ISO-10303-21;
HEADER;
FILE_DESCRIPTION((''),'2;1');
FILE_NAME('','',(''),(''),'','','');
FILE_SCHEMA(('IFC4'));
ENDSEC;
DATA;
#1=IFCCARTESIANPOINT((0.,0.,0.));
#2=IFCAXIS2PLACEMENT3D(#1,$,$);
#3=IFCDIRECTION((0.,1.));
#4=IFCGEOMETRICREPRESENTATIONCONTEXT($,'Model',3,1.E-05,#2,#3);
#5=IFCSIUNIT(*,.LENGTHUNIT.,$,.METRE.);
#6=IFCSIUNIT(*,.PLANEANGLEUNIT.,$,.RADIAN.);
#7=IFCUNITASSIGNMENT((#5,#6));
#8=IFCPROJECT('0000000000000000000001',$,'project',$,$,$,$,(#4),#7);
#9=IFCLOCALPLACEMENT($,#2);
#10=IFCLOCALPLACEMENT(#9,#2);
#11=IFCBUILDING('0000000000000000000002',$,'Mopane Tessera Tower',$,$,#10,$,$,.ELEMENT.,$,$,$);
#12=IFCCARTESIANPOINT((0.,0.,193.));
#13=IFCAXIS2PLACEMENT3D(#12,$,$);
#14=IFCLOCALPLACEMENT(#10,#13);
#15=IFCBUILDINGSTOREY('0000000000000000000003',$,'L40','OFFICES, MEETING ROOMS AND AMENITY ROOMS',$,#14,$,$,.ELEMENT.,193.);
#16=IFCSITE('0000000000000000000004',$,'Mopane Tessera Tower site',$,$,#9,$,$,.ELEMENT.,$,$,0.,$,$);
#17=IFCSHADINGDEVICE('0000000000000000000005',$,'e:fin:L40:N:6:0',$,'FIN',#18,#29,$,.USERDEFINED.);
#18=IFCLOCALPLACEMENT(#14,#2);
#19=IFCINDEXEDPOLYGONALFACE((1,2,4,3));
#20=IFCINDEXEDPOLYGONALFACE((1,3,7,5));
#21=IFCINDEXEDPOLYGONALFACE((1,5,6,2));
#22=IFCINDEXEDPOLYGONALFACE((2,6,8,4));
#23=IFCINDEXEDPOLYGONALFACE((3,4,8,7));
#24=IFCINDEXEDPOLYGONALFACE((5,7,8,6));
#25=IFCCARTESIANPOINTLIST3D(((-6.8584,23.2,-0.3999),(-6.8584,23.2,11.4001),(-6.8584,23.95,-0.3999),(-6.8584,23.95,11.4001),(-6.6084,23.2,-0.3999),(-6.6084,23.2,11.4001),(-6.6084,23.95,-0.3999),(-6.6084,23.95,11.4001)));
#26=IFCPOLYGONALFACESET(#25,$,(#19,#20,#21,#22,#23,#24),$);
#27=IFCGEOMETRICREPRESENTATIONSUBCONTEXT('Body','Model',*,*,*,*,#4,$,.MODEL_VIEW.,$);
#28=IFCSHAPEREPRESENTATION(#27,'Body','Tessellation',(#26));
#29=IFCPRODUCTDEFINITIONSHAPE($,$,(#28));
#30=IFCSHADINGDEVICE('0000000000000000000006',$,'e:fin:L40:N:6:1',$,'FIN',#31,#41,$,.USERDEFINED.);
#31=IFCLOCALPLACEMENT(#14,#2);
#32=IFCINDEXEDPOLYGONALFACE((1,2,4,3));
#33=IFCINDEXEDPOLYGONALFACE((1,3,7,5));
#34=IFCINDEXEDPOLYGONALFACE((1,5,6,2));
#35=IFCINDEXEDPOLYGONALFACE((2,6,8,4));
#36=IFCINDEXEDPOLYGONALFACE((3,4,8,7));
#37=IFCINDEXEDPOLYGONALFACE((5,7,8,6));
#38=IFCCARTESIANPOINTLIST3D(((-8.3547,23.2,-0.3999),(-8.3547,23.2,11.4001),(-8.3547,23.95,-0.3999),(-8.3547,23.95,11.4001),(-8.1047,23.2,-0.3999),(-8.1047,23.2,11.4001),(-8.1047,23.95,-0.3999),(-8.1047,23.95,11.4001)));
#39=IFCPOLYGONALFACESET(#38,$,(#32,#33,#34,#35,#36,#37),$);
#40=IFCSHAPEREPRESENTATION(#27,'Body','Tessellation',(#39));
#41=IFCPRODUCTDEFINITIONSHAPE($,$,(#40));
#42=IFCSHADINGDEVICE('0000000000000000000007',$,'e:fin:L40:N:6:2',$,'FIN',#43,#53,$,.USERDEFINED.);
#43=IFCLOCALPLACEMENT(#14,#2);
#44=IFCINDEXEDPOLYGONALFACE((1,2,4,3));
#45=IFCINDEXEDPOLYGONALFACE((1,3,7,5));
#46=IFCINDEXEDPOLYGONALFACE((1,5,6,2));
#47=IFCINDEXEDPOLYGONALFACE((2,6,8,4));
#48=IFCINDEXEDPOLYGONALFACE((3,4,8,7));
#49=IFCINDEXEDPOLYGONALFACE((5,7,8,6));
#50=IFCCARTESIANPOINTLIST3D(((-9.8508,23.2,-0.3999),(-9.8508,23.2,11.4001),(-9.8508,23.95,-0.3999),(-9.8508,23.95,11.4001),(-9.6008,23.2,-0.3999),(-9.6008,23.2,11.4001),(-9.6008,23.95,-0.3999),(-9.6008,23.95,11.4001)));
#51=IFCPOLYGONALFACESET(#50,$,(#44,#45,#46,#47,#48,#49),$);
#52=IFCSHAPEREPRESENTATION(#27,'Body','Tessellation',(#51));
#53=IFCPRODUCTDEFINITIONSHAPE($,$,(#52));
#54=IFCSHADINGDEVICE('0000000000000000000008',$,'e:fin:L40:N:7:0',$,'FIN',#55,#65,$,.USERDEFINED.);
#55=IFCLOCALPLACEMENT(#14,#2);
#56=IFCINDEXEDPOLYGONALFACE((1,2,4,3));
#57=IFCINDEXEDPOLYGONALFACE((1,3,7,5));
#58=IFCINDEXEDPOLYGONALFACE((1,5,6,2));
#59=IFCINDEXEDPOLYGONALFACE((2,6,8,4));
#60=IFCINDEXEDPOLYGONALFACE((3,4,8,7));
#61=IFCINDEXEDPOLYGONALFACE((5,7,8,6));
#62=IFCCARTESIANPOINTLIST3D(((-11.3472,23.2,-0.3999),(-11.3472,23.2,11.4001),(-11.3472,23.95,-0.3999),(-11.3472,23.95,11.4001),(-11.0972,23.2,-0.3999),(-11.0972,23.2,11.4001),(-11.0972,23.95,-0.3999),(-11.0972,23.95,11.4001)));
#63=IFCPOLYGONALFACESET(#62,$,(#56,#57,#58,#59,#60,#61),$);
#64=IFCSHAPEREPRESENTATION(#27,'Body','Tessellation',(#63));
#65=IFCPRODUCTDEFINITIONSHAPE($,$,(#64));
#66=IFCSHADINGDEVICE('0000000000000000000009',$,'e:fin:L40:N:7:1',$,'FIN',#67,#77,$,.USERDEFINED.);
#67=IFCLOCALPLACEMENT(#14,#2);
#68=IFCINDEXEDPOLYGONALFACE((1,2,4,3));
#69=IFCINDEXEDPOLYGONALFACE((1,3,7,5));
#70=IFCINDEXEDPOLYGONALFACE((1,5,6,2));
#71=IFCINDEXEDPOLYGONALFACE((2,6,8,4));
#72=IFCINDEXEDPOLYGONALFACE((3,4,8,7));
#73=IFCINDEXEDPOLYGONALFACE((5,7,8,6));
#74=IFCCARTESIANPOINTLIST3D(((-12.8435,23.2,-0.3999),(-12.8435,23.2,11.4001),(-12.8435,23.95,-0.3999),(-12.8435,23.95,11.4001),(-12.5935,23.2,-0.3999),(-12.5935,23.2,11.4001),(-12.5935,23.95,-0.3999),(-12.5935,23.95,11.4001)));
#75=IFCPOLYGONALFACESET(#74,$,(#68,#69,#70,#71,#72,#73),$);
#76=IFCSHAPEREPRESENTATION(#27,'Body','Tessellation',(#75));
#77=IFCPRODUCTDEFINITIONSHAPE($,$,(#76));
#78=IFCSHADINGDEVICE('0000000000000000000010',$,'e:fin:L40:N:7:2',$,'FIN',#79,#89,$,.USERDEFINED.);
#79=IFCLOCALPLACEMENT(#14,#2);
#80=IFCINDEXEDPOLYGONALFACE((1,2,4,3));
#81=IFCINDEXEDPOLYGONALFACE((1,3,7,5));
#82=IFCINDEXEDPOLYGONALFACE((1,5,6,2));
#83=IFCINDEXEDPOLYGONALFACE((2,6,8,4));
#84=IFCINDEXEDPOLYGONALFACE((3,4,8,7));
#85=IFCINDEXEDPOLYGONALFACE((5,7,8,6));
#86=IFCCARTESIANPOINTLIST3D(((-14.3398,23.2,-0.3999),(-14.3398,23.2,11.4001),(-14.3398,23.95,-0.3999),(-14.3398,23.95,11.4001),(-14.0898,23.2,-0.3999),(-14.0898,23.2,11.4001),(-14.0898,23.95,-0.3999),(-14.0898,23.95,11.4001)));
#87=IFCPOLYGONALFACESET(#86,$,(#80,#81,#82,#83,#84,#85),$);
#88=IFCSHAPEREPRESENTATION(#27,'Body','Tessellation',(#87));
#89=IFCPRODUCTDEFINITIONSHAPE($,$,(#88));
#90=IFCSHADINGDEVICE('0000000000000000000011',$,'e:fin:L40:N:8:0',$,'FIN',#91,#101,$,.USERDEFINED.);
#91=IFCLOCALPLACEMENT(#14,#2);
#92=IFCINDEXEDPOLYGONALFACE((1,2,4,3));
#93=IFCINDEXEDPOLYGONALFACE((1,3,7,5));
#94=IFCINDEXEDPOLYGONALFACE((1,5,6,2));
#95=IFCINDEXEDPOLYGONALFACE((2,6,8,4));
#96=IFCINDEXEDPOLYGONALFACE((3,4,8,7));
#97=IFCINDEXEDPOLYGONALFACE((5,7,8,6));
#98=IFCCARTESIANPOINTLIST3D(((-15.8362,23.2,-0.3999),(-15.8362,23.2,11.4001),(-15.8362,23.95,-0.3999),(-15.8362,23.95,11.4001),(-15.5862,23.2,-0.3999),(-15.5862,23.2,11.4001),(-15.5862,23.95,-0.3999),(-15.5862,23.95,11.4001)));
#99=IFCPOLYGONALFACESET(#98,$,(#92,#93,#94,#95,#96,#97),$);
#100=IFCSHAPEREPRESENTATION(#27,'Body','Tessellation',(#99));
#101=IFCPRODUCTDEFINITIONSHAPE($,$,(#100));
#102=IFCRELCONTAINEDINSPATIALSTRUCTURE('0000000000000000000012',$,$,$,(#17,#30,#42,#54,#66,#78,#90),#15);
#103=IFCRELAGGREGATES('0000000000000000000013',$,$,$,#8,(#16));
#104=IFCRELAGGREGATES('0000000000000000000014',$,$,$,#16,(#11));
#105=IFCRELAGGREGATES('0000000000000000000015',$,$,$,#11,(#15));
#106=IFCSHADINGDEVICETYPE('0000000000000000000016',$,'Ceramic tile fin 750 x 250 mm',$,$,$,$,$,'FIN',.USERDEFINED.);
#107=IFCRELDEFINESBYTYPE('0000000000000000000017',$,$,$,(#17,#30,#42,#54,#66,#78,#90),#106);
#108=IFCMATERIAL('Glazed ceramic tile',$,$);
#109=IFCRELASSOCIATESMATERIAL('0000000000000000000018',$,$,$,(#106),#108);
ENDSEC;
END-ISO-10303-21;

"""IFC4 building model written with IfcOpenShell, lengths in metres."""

from ifc_helpers import new_model, si_unit, direction, frame, origin, origin_2d, place, context, subcontext, project, spatial, rectangle, extrude, material, type_object, element, save


model = new_model("IFC4")

# Units and contexts
model_context = context("Model", 3, precision=1e-05, world=origin(), true_north=direction((0.0, 1.0)))
body_context = subcontext(model_context, "Body", "Model", "MODEL_VIEW")
ifc_project = project(units=[si_unit("LENGTHUNIT", "METRE"), si_unit("PLANEANGLEUNIT", "RADIAN")], contexts=[model_context])

# Site, building, storey
site_placement = place(None, origin())
site = spatial("IfcSite", under=ifc_project, at=site_placement, Name="Mopane Tessera Tower site", CompositionType="ELEMENT", RefElevation=0.0)
building_placement = place(site_placement, origin())
building = spatial("IfcBuilding", under=site, at=building_placement, Name="Mopane Tessera Tower", CompositionType="ELEMENT")
storey_placement = place(building_placement, frame((0.0, 0.0, 193.0)))
storey = spatial("IfcBuildingStorey", under=building, at=storey_placement, Name="L40", Description="OFFICES, MEETING ROOMS AND AMENITY ROOMS", CompositionType="ELEMENT", Elevation=193.0)

# Shading devices
ifc_material_1 = material(Name="Glazed ceramic tile")
shading_device_type = type_object("IfcShadingDeviceType", Name="Ceramic tile fin 750 x 250 mm", ElementType="FIN", PredefinedType="USERDEFINED", material=ifc_material_1)
for number, where, z_axis, x_axis, name in (
    (1, (-6.7334, 23.575, -0.3999), (0.0, 0.0, 1.0), (-1.0, 0.0, 0.0), "e:fin:L40:N:6:0"),
    (2, (-8.2297, 23.575, -0.3999), (0.0, 0.0, 1.0), (-1.0, 0.0, 0.0), "e:fin:L40:N:6:1"),
    (3, (-9.7258, 23.575, -0.3999), (0.0, 0.0, 1.0), (-1.0, 0.0, 0.0), "e:fin:L40:N:6:2"),
    (4, (-11.2222, 23.575, -0.3999), (0.0, 0.0, 1.0), (-1.0, 0.0, 0.0), "e:fin:L40:N:7:0"),
    (5, (-12.7185, 23.575, -0.3999), (0.0, 0.0, 1.0), (-1.0, 0.0, 0.0), "e:fin:L40:N:7:1"),
    (6, (-14.2148, 23.575, -0.3999), (0.0, 0.0, 1.0), (-1.0, 0.0, 0.0), "e:fin:L40:N:7:2"),
    (7, (-15.7112, 23.575, -0.3999), (0.0, 0.0, 1.0), (-1.0, 0.0, 0.0), "e:fin:L40:N:8:0"),
):
    element("IfcShadingDevice", number, at=place(storey_placement, frame(where, z_axis=z_axis, x_axis=x_axis)), inside=storey, type_object=shading_device_type, Name=name, ObjectType="FIN", PredefinedType="USERDEFINED", context=body_context, shape_type="SweptSolid", body=[
        extrude(rectangle(XDim=0.25, YDim=0.75, at=origin_2d()), origin(), (0.0, 0.0, 1.0), 11.8),
    ])

save(model, "model.ifc")
